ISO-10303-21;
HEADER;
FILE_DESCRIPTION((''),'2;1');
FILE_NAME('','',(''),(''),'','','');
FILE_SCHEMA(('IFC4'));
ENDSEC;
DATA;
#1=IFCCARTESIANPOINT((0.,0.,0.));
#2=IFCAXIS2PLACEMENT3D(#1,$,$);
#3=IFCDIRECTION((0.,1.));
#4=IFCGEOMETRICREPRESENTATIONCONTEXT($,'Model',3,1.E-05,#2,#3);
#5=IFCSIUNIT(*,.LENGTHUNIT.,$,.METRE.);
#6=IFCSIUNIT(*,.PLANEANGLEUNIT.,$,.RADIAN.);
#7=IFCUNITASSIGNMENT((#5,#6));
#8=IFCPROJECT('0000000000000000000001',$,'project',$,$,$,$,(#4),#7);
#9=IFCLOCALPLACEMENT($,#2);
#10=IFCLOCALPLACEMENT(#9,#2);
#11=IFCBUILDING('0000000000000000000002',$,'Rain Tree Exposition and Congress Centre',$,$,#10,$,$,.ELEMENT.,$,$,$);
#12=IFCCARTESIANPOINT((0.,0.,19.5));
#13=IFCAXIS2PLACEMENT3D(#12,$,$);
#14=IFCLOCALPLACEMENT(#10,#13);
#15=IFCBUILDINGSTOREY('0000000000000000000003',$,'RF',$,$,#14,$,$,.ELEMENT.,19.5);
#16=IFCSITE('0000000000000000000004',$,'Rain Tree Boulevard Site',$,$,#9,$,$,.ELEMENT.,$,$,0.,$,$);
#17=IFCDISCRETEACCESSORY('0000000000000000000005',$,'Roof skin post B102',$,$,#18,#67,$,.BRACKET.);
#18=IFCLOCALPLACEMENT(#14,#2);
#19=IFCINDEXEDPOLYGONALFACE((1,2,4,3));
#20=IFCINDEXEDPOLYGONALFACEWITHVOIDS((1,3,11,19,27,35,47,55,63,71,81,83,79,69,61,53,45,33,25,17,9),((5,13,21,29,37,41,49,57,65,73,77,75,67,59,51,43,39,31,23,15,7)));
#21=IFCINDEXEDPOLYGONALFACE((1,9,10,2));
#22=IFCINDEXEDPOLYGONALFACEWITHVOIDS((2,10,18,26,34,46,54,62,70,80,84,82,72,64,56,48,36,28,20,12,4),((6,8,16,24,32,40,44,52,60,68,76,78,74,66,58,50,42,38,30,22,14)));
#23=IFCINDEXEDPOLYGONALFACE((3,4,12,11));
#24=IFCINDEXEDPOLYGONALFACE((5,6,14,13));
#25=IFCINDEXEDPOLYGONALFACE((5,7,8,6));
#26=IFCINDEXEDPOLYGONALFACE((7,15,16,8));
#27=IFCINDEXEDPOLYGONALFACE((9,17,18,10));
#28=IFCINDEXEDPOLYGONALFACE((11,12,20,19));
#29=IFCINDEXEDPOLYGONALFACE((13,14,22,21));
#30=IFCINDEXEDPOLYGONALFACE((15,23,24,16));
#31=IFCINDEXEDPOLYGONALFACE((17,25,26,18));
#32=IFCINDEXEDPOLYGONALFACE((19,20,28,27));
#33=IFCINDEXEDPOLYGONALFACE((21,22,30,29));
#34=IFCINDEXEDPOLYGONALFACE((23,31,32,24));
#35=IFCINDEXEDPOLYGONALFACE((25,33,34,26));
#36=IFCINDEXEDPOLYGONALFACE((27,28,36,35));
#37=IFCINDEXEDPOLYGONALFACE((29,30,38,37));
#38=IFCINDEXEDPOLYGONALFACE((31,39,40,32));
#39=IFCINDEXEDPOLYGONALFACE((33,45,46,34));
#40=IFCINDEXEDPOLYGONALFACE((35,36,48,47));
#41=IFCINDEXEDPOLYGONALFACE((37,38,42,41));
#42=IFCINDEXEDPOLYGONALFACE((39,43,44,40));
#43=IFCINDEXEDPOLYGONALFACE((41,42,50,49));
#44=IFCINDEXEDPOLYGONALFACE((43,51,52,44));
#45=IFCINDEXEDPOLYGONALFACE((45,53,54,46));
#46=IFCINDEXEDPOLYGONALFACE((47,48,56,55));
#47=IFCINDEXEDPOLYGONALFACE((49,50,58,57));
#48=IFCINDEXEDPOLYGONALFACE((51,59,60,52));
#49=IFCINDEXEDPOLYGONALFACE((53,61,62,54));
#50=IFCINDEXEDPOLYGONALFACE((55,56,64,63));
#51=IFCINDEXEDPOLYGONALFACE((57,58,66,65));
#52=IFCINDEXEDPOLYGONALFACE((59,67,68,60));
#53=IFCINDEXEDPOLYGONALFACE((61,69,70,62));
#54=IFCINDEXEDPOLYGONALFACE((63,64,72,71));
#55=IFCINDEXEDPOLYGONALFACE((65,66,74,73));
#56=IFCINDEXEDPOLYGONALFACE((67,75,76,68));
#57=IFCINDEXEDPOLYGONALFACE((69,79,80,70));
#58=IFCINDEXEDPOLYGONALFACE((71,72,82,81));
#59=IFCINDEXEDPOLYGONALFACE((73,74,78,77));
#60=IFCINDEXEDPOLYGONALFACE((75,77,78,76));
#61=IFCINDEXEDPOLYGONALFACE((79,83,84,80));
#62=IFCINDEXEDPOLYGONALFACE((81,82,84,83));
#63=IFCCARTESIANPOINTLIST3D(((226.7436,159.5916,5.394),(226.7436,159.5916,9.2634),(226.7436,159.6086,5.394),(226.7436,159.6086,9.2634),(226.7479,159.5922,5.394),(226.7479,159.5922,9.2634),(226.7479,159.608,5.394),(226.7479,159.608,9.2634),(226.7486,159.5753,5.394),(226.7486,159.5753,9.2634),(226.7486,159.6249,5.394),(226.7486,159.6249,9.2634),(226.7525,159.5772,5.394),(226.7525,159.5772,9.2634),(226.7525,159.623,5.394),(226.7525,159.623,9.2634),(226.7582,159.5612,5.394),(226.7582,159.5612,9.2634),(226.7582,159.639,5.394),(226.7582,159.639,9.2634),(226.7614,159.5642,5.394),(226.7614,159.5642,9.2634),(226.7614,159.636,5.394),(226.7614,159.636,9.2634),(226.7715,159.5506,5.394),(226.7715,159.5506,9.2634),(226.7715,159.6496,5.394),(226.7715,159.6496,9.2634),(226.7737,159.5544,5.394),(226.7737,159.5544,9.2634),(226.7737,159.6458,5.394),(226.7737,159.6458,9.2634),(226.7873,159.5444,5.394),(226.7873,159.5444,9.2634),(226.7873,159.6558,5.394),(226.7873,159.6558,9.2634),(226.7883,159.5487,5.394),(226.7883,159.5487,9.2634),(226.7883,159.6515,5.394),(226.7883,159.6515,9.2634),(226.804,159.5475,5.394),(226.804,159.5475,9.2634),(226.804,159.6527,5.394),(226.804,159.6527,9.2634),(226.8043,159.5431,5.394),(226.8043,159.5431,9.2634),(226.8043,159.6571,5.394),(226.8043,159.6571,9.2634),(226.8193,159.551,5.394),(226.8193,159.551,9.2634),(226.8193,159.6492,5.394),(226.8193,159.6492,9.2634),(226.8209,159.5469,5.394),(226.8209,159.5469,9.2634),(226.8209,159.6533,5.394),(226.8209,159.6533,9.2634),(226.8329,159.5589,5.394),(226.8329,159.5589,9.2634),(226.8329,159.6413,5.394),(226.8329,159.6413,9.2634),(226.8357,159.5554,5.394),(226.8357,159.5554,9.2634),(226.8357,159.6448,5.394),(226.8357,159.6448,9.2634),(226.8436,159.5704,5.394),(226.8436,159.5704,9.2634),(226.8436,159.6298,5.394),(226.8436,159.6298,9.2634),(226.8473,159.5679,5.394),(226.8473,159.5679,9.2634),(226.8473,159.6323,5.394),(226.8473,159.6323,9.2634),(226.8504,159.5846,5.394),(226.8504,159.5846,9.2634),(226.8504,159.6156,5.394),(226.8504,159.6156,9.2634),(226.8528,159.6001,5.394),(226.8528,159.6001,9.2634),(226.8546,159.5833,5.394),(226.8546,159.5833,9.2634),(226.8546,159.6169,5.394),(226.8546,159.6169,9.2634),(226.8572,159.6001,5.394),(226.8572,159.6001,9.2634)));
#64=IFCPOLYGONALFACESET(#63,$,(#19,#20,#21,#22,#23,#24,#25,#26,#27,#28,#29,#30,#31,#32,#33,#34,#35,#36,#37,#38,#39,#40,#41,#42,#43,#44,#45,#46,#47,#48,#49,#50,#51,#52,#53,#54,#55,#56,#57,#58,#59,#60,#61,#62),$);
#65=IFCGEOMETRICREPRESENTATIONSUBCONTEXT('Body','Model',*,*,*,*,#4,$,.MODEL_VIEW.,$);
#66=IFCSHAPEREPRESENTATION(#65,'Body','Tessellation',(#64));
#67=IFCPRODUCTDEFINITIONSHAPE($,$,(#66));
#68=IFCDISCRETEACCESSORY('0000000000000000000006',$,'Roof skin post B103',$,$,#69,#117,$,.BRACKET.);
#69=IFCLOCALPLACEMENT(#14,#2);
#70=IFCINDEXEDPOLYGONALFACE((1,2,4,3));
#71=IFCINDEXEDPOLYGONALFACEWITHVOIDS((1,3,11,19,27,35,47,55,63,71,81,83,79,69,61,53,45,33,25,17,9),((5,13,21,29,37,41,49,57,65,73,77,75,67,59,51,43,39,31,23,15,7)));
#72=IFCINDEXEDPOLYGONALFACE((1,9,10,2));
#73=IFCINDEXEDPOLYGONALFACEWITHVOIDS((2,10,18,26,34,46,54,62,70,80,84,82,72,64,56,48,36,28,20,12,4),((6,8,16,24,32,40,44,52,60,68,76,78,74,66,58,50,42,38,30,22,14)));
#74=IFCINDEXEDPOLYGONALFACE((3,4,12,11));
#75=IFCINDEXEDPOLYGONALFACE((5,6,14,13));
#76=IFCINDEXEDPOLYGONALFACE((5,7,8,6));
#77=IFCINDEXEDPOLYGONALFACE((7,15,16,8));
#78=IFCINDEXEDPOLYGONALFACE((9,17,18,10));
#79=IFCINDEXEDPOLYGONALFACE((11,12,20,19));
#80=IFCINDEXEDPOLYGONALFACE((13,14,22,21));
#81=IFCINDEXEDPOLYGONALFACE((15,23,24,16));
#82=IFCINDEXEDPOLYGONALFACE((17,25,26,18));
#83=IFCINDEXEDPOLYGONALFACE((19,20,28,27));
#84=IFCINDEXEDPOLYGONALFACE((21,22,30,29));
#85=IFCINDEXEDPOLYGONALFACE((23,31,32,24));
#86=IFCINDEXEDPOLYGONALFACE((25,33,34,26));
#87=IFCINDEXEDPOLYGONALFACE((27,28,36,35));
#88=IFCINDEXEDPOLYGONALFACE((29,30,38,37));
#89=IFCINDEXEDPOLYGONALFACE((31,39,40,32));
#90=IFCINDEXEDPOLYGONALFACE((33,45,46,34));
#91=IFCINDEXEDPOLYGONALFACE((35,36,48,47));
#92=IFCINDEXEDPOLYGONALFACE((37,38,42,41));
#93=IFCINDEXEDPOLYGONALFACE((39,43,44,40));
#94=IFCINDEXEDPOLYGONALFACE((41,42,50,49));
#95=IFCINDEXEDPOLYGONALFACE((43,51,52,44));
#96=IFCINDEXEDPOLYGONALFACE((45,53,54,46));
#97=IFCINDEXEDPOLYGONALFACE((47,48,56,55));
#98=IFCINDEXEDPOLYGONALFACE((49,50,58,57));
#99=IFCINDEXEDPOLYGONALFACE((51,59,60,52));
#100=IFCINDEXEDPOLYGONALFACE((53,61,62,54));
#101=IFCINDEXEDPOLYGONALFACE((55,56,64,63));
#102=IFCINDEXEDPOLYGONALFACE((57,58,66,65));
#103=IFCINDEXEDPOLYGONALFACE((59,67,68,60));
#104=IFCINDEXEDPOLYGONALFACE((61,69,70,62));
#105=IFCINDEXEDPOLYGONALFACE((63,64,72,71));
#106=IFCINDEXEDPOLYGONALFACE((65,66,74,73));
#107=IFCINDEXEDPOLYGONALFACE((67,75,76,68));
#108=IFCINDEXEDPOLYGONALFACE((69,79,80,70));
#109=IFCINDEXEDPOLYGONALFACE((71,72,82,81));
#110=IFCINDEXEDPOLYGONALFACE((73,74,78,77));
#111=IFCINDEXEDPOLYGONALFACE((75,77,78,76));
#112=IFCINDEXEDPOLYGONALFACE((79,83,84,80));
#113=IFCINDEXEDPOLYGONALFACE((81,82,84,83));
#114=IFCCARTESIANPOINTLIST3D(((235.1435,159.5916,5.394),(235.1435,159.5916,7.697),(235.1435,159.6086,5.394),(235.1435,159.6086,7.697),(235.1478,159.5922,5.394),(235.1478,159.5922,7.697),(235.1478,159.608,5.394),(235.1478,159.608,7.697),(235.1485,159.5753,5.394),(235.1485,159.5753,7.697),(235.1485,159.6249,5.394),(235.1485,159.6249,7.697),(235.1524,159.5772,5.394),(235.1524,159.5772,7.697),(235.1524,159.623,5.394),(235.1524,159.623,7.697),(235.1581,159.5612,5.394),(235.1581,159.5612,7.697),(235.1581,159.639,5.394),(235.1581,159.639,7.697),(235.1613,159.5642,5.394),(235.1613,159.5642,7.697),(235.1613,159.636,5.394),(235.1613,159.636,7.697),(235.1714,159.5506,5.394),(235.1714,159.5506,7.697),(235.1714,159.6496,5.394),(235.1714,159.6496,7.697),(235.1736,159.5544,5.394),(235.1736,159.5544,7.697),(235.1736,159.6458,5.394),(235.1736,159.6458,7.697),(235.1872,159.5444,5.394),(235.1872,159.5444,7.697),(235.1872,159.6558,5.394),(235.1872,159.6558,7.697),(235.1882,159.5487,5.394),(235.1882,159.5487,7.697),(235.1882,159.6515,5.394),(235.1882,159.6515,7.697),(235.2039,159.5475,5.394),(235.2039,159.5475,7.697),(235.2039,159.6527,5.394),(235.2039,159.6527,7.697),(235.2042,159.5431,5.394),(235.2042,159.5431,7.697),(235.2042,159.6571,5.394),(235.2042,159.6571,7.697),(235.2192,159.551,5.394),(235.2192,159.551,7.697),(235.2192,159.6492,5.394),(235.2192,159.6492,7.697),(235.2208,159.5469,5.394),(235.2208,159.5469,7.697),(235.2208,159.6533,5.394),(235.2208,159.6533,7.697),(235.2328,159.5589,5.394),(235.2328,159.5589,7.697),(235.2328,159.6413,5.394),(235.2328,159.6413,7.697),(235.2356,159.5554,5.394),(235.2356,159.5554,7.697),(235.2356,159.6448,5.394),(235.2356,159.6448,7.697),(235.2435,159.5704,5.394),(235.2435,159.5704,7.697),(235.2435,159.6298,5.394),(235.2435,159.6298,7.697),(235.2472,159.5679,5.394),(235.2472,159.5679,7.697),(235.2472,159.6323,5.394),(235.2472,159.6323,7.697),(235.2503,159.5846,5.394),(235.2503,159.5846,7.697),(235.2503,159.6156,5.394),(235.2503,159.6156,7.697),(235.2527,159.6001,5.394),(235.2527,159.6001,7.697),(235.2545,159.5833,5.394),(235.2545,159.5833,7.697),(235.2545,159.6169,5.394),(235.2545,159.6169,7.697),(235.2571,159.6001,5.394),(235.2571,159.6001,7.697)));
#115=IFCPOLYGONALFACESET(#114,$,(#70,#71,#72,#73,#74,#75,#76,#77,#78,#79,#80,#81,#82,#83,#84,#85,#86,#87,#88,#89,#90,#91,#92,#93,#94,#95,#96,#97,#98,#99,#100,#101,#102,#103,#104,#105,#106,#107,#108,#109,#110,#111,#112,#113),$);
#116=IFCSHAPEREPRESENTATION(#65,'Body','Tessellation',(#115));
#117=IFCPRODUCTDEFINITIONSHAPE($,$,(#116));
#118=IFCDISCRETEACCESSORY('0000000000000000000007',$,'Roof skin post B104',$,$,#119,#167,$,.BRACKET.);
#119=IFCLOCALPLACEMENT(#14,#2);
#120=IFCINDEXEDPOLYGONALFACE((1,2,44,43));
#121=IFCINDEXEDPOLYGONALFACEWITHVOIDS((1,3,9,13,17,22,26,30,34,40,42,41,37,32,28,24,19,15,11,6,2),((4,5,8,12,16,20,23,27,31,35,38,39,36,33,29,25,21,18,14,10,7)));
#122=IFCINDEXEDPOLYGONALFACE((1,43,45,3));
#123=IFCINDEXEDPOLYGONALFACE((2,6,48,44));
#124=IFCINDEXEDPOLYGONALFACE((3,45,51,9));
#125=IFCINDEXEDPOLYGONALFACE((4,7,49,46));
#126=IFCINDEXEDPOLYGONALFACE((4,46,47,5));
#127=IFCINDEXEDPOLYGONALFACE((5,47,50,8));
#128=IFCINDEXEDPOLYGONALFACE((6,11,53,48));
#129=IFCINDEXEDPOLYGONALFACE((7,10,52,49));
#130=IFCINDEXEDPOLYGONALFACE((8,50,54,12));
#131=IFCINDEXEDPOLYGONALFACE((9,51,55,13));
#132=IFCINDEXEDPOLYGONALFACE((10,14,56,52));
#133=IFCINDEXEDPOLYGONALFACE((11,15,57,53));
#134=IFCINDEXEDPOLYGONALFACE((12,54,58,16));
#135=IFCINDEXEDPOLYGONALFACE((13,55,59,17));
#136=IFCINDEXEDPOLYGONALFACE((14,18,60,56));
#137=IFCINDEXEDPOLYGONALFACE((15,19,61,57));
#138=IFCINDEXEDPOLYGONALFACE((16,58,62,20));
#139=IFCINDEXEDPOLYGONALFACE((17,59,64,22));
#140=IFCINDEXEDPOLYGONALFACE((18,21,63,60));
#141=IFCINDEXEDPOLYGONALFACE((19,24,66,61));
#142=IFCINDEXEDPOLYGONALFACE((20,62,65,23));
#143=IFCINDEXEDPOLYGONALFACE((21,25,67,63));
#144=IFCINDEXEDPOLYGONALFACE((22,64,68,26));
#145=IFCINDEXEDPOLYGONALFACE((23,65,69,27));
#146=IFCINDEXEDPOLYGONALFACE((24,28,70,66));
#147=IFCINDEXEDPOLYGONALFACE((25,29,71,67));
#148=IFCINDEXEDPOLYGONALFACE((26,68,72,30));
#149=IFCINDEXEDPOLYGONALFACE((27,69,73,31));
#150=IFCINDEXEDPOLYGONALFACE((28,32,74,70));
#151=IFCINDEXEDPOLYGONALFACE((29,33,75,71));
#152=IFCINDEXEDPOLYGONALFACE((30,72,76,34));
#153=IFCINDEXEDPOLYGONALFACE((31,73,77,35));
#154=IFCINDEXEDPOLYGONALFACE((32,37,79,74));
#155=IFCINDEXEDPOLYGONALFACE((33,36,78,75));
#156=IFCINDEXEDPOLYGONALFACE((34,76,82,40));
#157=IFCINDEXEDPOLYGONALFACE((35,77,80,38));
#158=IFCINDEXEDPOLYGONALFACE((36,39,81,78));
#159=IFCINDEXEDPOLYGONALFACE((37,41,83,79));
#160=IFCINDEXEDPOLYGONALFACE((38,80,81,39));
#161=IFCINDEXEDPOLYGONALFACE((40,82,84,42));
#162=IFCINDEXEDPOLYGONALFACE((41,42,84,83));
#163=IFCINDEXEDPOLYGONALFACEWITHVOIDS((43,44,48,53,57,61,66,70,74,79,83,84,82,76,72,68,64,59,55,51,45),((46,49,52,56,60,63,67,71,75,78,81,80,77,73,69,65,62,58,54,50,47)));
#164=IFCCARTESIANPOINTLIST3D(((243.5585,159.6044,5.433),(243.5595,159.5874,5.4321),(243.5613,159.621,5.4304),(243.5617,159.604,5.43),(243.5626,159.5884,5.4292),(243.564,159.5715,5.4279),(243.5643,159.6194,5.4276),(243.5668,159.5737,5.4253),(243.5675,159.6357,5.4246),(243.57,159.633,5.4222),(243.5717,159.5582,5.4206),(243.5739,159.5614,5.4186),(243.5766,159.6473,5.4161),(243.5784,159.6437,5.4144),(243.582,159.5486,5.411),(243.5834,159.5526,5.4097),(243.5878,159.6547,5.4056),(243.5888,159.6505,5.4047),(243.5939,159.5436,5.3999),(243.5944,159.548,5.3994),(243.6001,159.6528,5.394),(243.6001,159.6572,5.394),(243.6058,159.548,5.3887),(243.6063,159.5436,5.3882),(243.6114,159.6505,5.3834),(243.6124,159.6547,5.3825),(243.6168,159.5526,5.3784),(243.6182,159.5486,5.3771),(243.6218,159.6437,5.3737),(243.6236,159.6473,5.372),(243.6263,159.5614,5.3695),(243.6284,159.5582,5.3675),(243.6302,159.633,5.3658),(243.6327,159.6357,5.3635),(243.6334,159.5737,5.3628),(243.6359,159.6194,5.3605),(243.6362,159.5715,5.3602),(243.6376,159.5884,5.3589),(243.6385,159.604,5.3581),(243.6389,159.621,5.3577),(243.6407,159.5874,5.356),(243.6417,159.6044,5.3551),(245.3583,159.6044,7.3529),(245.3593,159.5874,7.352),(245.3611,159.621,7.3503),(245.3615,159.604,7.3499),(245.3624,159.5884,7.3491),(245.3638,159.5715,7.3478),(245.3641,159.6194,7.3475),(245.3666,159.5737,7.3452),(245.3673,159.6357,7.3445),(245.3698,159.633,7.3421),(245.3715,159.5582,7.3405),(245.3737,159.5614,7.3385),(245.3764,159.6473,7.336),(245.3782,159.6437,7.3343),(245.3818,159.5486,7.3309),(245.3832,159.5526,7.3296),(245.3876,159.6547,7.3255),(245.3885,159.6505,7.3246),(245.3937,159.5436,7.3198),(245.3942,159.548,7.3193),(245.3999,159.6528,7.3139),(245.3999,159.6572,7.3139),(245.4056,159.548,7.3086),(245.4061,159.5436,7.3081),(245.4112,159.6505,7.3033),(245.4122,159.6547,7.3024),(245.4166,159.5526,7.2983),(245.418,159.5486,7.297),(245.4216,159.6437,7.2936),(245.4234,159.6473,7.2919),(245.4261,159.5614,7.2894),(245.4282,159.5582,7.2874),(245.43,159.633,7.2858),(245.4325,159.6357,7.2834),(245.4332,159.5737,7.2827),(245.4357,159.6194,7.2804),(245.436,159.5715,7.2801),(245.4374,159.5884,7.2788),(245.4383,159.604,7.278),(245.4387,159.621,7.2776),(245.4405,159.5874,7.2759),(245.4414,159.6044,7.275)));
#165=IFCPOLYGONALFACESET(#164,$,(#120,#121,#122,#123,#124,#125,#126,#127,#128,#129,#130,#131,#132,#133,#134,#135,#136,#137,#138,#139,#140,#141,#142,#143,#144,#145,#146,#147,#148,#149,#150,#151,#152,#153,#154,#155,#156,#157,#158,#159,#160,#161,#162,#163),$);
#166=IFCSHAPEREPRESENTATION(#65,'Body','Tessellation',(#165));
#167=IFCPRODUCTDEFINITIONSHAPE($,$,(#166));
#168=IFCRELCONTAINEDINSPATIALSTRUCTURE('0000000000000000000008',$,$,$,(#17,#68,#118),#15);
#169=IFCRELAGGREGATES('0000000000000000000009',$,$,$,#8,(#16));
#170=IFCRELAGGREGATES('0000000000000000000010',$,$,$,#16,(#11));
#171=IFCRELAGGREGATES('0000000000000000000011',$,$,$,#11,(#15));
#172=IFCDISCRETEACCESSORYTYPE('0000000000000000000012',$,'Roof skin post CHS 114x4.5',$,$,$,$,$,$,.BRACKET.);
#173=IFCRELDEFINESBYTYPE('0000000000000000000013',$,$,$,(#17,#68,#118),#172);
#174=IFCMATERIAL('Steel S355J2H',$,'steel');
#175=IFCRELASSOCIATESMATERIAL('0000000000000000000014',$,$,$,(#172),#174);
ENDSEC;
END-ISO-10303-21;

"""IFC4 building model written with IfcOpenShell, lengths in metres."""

from ifc_helpers import new_model, si_unit, direction, frame, origin, origin_2d, place, context, subcontext, project, spatial, hollow_circle, extrude, material, material_profile, profile_set, type_object, element, save


model = new_model("IFC4")

# Units and contexts
model_context = context("Model", 3, precision=1e-05, world=origin(), true_north=direction((0.0, 1.0)))
body_context = subcontext(model_context, "Body", "Model", "MODEL_VIEW")
ifc_project = project(units=[si_unit("LENGTHUNIT", "METRE"), si_unit("PLANEANGLEUNIT", "RADIAN")], contexts=[model_context])

# Site, building, storey
site_placement = place(None, origin())
site = spatial("IfcSite", under=ifc_project, at=site_placement, Name="Rain Tree Boulevard Site", CompositionType="ELEMENT", RefElevation=0.0)
building_placement = place(site_placement, origin())
building = spatial("IfcBuilding", under=site, at=building_placement, Name="Rain Tree Exposition and Congress Centre", CompositionType="ELEMENT")
storey_placement = place(building_placement, frame((0.0, 0.0, 19.5)))
storey = spatial("IfcBuildingStorey", under=building, at=storey_placement, Name="RF", CompositionType="ELEMENT", Elevation=19.5)

# Discrete accessories
ifc_material_1 = material(Name="Steel S355J2H", Category="steel")
ifc_material_profile_1 = material_profile(ifc_material_1, hollow_circle(Radius=0.0571, WallThickness=0.0044, at=origin_2d()), Name="CHS 114x4.5")
ifc_profile_set_1 = profile_set([ifc_material_profile_1], Name="Steel S355J2H")
discrete_accessory_type_1 = type_object("IfcDiscreteAccessoryType", Name="Roof skin post CHS 114x4.5", PredefinedType="BRACKET", material=ifc_profile_set_1)
discrete_accessory_1_placement = place(storey_placement, frame((226.8, 159.6001, 5.394), z_axis=(0.0, 0.0, 1.0), x_axis=(1.0, 0.0, 0.0)))
element("IfcDiscreteAccessory", 1, at=discrete_accessory_1_placement, inside=storey, type_object=discrete_accessory_type_1, Name="Roof skin post B102", PredefinedType="BRACKET", context=body_context, shape_type="SweptSolid", body=[
    extrude(hollow_circle(Radius=0.0571, WallThickness=0.0044, at=origin_2d()), origin(), (0.0, 0.0, 1.0), 3.8694),
])
discrete_accessory_2_placement = place(storey_placement, frame((235.2, 159.6001, 5.394), z_axis=(0.0, 0.0, 1.0), x_axis=(1.0, 0.0, 0.0)))
element("IfcDiscreteAccessory", 2, at=discrete_accessory_2_placement, inside=storey, type_object=discrete_accessory_type_1, Name="Roof skin post B103", PredefinedType="BRACKET", context=body_context, shape_type="SweptSolid", body=[
    extrude(hollow_circle(Radius=0.0571, WallThickness=0.0044, at=origin_2d()), origin(), (0.0, 0.0, 1.0), 2.303),
])
discrete_accessory_3_placement = place(storey_placement, frame((243.6001, 159.6001, 5.394), z_axis=(0.683916, 0.0, 0.72956), x_axis=(0.0, 1.0, 0.0)))
element("IfcDiscreteAccessory", 3, at=discrete_accessory_3_placement, inside=storey, type_object=discrete_accessory_type_1, Name="Roof skin post B104", PredefinedType="BRACKET", context=body_context, shape_type="SweptSolid", body=[
    extrude(hollow_circle(Radius=0.0571, WallThickness=0.0044, at=origin_2d()), origin(), (0.0, 0.0, 1.0), 2.6316),
])

save(model, "model.ifc")
